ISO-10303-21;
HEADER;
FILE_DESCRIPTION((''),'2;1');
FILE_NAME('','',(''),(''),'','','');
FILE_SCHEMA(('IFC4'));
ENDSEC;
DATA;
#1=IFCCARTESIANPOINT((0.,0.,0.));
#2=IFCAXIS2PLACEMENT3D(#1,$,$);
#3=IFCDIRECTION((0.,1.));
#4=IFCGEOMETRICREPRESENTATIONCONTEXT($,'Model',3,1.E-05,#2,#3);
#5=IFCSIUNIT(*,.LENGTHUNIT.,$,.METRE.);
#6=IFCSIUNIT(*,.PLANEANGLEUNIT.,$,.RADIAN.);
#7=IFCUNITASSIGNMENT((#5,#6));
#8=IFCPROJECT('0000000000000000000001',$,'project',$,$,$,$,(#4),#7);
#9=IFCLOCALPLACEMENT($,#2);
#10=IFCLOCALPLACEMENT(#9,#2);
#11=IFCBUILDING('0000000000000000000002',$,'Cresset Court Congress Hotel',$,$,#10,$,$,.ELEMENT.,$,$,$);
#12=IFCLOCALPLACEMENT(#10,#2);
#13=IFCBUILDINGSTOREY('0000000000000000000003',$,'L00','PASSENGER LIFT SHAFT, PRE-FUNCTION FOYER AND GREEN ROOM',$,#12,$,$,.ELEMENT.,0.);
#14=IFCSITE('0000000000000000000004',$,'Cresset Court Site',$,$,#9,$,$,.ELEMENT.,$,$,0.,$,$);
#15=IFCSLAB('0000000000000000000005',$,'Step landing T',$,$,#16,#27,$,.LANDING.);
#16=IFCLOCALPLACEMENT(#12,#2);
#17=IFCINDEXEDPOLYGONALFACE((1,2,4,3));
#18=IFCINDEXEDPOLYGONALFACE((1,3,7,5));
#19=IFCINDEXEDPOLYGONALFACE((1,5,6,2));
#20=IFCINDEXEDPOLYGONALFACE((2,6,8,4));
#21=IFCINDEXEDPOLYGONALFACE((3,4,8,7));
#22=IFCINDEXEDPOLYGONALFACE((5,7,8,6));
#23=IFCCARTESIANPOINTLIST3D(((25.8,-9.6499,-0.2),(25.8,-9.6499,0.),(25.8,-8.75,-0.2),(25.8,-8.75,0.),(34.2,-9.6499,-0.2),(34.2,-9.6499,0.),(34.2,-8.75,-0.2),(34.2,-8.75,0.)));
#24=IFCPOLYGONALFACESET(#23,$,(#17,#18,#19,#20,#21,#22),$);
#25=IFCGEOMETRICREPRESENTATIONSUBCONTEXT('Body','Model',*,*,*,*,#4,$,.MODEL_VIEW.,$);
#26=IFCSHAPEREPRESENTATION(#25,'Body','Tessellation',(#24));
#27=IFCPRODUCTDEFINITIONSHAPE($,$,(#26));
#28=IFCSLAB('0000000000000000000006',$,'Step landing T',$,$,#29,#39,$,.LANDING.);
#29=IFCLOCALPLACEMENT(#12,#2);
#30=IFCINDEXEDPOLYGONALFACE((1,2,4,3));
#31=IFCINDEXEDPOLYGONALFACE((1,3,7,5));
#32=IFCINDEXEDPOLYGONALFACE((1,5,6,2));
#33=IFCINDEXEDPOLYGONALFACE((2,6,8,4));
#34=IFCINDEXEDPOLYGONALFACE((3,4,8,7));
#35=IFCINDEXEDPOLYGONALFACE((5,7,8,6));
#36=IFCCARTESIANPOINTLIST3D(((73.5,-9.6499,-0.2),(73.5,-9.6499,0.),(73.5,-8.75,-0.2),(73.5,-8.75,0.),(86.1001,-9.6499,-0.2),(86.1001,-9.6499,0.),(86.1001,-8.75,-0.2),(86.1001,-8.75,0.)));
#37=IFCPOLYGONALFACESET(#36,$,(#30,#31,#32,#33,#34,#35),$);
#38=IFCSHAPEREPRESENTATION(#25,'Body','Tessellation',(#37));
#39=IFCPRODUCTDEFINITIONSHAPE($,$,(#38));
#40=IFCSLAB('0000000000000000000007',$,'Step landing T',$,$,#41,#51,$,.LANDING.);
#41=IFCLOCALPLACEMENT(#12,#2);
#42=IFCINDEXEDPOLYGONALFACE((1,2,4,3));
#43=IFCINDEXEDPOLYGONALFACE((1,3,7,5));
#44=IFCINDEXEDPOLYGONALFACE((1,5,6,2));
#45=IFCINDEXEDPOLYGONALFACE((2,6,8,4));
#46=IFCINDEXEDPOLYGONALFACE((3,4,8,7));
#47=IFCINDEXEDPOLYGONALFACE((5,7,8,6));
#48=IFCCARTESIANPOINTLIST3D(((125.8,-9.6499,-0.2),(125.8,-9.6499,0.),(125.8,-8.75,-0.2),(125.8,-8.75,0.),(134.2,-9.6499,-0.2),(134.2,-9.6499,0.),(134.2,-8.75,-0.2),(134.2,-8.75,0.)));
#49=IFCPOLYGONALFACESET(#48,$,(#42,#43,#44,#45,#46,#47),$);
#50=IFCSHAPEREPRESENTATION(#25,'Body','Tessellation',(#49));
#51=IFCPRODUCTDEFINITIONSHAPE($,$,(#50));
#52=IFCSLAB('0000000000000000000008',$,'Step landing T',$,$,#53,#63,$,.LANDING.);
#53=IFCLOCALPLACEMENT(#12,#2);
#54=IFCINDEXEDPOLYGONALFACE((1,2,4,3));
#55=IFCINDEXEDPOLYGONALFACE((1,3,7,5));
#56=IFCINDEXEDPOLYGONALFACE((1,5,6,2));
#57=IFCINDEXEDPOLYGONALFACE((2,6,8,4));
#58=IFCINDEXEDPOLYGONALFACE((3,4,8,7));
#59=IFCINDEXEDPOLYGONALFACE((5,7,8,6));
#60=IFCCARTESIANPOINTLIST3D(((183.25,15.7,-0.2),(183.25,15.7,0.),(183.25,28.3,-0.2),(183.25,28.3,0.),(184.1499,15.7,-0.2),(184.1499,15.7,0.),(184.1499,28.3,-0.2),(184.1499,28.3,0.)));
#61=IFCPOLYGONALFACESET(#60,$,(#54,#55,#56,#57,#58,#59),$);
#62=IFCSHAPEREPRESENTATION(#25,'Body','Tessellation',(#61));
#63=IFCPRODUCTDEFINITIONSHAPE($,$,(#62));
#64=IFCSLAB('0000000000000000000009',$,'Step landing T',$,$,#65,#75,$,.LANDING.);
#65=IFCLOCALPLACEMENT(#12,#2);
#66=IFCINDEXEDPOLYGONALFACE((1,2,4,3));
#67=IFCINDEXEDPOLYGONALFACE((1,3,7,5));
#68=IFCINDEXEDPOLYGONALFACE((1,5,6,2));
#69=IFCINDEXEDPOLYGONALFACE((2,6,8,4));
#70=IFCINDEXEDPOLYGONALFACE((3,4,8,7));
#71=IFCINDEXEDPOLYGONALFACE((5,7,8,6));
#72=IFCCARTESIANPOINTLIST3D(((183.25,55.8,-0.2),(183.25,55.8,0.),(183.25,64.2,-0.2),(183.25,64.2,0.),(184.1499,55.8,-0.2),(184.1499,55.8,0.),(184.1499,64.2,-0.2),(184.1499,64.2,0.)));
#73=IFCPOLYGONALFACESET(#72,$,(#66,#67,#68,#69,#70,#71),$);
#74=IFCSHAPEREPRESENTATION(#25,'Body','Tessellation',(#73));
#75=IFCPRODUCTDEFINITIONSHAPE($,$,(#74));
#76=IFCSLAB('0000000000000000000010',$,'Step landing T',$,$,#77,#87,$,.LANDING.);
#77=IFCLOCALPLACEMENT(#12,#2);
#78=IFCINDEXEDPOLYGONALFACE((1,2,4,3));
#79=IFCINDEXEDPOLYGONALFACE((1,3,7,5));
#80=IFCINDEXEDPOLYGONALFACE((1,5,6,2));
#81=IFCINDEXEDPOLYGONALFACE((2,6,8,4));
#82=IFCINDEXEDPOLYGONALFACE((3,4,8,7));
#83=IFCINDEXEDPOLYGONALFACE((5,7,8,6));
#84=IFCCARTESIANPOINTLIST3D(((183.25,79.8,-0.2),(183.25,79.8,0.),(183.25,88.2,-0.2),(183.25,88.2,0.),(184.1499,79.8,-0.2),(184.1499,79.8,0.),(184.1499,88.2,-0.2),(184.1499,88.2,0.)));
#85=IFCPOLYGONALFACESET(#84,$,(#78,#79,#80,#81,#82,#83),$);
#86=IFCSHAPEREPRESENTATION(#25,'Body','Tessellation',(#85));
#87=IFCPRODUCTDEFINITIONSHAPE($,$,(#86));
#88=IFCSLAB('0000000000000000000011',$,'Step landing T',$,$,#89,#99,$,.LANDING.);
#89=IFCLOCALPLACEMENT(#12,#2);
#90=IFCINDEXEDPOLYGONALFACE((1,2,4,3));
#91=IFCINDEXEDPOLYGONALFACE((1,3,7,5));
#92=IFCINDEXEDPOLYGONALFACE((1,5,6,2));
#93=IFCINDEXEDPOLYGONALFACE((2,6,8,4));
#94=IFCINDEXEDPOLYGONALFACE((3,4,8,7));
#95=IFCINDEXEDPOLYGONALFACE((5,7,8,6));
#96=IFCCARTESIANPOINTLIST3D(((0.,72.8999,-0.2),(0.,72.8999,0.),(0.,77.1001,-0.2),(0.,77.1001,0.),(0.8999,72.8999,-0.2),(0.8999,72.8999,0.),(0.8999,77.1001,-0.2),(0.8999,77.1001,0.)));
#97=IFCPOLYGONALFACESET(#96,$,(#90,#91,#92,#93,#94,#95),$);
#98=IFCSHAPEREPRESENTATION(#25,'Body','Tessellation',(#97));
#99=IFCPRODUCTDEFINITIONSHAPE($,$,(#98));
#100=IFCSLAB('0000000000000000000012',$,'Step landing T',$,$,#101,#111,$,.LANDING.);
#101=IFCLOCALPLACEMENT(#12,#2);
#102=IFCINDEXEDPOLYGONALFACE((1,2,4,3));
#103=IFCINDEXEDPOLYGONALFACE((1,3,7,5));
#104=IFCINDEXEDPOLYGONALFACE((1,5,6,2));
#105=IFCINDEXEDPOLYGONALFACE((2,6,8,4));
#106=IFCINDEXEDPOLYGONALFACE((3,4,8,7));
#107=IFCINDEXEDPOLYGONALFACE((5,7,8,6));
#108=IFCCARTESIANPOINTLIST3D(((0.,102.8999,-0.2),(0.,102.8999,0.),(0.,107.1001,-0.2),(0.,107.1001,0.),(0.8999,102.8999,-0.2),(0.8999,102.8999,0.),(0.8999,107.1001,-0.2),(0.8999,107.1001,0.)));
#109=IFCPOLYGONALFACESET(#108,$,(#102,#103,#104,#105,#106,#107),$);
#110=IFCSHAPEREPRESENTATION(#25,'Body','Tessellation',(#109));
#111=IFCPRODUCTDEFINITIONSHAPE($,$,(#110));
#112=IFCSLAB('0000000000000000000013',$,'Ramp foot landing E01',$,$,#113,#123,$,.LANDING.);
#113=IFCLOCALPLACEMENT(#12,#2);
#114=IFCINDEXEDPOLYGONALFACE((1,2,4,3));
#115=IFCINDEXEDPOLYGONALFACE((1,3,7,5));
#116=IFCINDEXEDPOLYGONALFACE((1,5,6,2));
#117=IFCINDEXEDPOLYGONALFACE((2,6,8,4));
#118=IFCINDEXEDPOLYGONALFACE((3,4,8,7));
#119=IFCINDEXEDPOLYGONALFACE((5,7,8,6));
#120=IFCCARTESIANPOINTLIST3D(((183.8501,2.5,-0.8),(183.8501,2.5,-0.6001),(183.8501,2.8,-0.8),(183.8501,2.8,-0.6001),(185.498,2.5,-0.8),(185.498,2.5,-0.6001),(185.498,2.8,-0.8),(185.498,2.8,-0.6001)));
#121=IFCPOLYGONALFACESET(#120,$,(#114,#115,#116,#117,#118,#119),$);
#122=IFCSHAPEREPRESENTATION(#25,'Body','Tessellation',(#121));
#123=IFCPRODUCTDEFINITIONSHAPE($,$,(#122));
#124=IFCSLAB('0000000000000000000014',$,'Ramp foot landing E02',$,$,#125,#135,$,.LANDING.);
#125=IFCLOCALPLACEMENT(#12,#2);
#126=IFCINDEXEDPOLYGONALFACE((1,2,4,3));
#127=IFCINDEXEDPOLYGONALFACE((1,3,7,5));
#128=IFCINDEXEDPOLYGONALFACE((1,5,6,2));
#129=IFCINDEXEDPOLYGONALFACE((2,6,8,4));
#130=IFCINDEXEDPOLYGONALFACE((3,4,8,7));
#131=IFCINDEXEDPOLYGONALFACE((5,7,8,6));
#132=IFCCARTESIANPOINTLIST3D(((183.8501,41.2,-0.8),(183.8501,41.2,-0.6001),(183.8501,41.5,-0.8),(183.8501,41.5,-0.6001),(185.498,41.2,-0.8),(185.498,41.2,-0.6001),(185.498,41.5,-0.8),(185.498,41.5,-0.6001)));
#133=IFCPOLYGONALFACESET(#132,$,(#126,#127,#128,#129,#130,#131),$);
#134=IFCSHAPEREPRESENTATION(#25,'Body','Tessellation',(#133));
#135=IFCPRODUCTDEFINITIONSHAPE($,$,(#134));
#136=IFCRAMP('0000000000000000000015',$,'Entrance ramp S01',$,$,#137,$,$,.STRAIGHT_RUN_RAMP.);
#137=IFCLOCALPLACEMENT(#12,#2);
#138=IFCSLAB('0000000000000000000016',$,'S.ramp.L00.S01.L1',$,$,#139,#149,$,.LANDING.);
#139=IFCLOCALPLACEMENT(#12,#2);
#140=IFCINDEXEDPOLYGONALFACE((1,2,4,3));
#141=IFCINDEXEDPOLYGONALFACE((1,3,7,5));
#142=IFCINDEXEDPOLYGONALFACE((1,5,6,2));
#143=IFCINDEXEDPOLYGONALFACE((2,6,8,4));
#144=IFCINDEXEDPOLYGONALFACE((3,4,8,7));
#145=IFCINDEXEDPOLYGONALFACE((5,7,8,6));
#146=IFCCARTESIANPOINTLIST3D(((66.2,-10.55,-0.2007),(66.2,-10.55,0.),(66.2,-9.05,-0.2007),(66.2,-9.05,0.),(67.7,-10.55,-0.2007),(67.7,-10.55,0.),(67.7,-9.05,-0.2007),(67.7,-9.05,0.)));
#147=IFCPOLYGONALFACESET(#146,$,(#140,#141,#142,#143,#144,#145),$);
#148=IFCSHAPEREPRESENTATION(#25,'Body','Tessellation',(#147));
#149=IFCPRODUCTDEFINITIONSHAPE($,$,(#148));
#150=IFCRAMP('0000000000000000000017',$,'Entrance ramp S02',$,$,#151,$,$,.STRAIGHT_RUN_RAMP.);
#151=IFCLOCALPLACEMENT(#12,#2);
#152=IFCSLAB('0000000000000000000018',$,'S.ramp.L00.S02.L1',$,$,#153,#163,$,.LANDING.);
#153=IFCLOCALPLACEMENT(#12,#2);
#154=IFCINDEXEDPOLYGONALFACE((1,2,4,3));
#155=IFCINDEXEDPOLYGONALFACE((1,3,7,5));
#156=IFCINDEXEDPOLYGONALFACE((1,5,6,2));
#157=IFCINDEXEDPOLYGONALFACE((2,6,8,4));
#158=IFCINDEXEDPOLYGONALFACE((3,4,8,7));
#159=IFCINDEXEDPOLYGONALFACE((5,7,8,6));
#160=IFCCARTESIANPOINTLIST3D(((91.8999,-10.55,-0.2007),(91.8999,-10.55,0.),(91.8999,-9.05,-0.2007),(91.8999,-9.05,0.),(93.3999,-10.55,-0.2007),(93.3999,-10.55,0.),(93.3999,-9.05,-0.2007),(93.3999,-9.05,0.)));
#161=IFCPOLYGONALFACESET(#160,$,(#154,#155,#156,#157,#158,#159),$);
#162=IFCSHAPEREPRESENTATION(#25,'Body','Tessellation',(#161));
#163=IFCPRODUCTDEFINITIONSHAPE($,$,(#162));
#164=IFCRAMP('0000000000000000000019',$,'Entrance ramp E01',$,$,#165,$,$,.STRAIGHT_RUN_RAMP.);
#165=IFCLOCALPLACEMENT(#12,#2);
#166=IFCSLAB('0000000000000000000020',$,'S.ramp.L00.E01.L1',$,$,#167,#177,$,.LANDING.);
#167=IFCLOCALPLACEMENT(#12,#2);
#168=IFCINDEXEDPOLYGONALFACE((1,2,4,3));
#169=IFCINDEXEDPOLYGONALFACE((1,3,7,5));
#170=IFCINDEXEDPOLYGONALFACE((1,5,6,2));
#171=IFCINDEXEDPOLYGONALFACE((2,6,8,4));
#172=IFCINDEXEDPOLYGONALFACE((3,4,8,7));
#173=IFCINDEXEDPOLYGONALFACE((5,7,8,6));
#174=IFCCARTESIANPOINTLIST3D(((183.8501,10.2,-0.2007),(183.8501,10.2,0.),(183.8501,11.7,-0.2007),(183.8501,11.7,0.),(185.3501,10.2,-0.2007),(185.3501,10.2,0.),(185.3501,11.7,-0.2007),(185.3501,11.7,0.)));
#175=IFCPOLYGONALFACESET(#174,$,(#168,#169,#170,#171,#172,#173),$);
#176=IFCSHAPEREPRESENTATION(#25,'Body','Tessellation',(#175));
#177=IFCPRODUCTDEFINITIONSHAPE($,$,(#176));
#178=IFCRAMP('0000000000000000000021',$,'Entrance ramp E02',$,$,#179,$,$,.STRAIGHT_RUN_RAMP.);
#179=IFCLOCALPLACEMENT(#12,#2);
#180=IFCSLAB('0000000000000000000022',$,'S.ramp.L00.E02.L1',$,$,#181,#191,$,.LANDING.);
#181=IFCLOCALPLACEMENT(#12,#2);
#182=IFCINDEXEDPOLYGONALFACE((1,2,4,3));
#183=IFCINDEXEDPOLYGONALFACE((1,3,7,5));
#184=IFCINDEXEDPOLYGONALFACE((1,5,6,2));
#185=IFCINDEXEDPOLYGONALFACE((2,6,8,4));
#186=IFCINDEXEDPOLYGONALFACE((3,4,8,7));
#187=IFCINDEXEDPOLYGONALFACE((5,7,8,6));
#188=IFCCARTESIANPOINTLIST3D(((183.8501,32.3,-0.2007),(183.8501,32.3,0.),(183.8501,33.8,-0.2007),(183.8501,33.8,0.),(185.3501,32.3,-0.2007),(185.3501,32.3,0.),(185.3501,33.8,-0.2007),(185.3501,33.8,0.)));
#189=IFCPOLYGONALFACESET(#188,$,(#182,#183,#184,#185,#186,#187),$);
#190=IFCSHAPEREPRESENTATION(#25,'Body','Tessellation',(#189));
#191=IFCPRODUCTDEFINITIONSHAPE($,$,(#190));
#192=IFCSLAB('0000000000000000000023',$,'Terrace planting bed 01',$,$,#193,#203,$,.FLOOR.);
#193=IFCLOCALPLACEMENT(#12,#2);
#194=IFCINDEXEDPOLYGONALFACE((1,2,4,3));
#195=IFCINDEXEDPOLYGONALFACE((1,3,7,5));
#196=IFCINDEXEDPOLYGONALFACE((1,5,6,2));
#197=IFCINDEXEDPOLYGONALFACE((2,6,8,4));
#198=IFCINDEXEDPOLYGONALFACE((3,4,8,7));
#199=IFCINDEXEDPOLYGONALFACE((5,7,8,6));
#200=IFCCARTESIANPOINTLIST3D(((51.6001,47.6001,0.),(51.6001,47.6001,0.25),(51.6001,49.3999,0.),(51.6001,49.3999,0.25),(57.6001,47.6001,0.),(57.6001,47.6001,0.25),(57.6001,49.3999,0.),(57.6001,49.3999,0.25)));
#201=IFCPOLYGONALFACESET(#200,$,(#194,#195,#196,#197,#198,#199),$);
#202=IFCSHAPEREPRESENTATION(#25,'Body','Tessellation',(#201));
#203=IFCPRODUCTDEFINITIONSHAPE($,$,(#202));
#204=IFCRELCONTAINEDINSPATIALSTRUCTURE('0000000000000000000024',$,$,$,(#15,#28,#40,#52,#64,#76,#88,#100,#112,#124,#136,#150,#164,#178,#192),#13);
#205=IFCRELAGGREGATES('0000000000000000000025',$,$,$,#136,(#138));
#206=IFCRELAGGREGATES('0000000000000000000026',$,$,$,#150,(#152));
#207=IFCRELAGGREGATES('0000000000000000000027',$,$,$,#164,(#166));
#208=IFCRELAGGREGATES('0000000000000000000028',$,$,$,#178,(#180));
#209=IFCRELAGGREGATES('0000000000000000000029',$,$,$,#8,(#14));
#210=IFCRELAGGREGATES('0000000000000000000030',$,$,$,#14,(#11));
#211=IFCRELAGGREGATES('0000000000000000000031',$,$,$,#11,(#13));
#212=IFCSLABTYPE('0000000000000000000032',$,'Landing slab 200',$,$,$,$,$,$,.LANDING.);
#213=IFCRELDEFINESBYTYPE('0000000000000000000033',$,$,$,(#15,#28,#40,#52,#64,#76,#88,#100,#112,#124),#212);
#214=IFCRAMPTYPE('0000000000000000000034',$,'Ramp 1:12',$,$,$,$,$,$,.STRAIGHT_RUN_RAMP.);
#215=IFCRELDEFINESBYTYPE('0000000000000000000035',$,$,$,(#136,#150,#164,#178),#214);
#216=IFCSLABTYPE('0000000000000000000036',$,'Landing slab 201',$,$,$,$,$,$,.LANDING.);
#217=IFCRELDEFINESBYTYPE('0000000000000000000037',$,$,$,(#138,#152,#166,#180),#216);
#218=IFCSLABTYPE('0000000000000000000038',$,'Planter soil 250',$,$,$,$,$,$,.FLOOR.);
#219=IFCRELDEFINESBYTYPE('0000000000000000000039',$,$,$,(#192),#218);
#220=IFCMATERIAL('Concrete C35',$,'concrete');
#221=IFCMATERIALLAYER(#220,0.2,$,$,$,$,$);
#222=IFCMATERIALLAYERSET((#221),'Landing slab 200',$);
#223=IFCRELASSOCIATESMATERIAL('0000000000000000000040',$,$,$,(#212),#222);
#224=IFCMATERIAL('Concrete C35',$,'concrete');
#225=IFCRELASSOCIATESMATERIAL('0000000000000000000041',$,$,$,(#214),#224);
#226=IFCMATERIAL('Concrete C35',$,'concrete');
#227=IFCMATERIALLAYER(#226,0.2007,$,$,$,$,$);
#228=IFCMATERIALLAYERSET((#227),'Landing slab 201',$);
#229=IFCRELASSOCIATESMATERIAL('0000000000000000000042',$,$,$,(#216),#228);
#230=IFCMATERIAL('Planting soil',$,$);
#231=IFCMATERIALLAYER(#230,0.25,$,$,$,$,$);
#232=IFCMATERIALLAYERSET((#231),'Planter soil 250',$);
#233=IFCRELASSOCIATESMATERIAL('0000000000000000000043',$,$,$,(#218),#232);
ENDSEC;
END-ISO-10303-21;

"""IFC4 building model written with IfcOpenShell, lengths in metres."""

from ifc_helpers import new_model, si_unit, direction, frame, origin, place, context, subcontext, project, spatial, polyline, outline, extrude, material, layer, layer_set, type_object, element, aggregate, save


model = new_model("IFC4")

# Units and contexts
model_context = context("Model", 3, precision=1e-05, world=origin(), true_north=direction((0.0, 1.0)))
body_context = subcontext(model_context, "Body", "Model", "MODEL_VIEW")
ifc_project = project(units=[si_unit("LENGTHUNIT", "METRE"), si_unit("PLANEANGLEUNIT", "RADIAN")], contexts=[model_context])

# Site, building, storey
site_placement = place(None, origin())
site = spatial("IfcSite", under=ifc_project, at=site_placement, Name="Cresset Court Site", CompositionType="ELEMENT", RefElevation=0.0)
building_placement = place(site_placement, origin())
building = spatial("IfcBuilding", under=site, at=building_placement, Name="Cresset Court Congress Hotel", CompositionType="ELEMENT")
storey_placement = place(building_placement, origin())
storey = spatial("IfcBuildingStorey", under=building, at=storey_placement, Name="L00", Description="PASSENGER LIFT SHAFT, PRE-FUNCTION FOYER AND GREEN ROOM", CompositionType="ELEMENT", Elevation=0.0)

# Slabs
ifc_material_1 = material(Name="Concrete C35", Category="concrete")
ifc_layer_1 = layer(ifc_material_1, 0.2)
ifc_layer_set_1 = layer_set([ifc_layer_1], Name="Landing slab 200")
slab_type_1 = type_object("IfcSlabType", Name="Landing slab 200", PredefinedType="LANDING", material=ifc_layer_set_1)
slab_1_placement = place(storey_placement, frame((0.0, 0.0, -0.2)))
element("IfcSlab", 1, at=slab_1_placement, inside=storey, type_object=slab_type_1, Name="Step landing T", PredefinedType="LANDING", context=body_context, shape_type="SweptSolid", body=[
    extrude(outline(polyline([(25.8, -9.6499), (34.2, -9.6499), (34.2, -8.75), (25.8, -8.75), (25.8, -9.6499)])), origin(), (0.0, 0.0, 1.0), 0.2),
])
slab_2_placement = place(storey_placement, frame((0.0, 0.0, -0.2)))
element("IfcSlab", 2, at=slab_2_placement, inside=storey, type_object=slab_type_1, Name="Step landing T", PredefinedType="LANDING", context=body_context, shape_type="SweptSolid", body=[
    extrude(outline(polyline([(73.5, -9.6499), (86.1001, -9.6499), (86.1001, -8.75), (73.5, -8.75), (73.5, -9.6499)])), origin(), (0.0, 0.0, 1.0), 0.2),
])
slab_3_placement = place(storey_placement, frame((0.0, 0.0, -0.2)))
element("IfcSlab", 3, at=slab_3_placement, inside=storey, type_object=slab_type_1, Name="Step landing T", PredefinedType="LANDING", context=body_context, shape_type="SweptSolid", body=[
    extrude(outline(polyline([(125.8, -9.6499), (134.2, -9.6499), (134.2, -8.75), (125.8, -8.75), (125.8, -9.6499)])), origin(), (0.0, 0.0, 1.0), 0.2),
])
slab_4_placement = place(storey_placement, frame((0.0, 0.0, -0.2)))
element("IfcSlab", 4, at=slab_4_placement, inside=storey, type_object=slab_type_1, Name="Step landing T", PredefinedType="LANDING", context=body_context, shape_type="SweptSolid", body=[
    extrude(outline(polyline([(183.25, 15.7), (184.1499, 15.7), (184.1499, 28.3), (183.25, 28.3), (183.25, 15.7)])), origin(), (0.0, 0.0, 1.0), 0.2),
])
slab_5_placement = place(storey_placement, frame((0.0, 0.0, -0.2)))
element("IfcSlab", 5, at=slab_5_placement, inside=storey, type_object=slab_type_1, Name="Step landing T", PredefinedType="LANDING", context=body_context, shape_type="SweptSolid", body=[
    extrude(outline(polyline([(183.25, 55.8), (184.1499, 55.8), (184.1499, 64.2), (183.25, 64.2), (183.25, 55.8)])), origin(), (0.0, 0.0, 1.0), 0.2),
])
slab_6_placement = place(storey_placement, frame((0.0, 0.0, -0.2)))
element("IfcSlab", 6, at=slab_6_placement, inside=storey, type_object=slab_type_1, Name="Step landing T", PredefinedType="LANDING", context=body_context, shape_type="SweptSolid", body=[
    extrude(outline(polyline([(183.25, 79.8), (184.1499, 79.8), (184.1499, 88.2), (183.25, 88.2), (183.25, 79.8)])), origin(), (0.0, 0.0, 1.0), 0.2),
])
slab_7_placement = place(storey_placement, frame((0.0, 0.0, -0.2)))
element("IfcSlab", 7, at=slab_7_placement, inside=storey, type_object=slab_type_1, Name="Step landing T", PredefinedType="LANDING", context=body_context, shape_type="SweptSolid", body=[
    extrude(outline(polyline([(0.0, 72.8999), (0.8999, 72.8999), (0.8999, 77.1001), (0.0, 77.1001), (0.0, 72.8999)])), origin(), (0.0, 0.0, 1.0), 0.2),
])
slab_8_placement = place(storey_placement, frame((0.0, 0.0, -0.2)))
element("IfcSlab", 8, at=slab_8_placement, inside=storey, type_object=slab_type_1, Name="Step landing T", PredefinedType="LANDING", context=body_context, shape_type="SweptSolid", body=[
    extrude(outline(polyline([(0.0, 102.8999), (0.8999, 102.8999), (0.8999, 107.1001), (0.0, 107.1001), (0.0, 102.8999)])), origin(), (0.0, 0.0, 1.0), 0.2),
])
slab_9_placement = place(storey_placement, frame((0.0, 0.0, -0.8)))
element("IfcSlab", 9, at=slab_9_placement, inside=storey, type_object=slab_type_1, Name="Ramp foot landing E01", PredefinedType="LANDING", context=body_context, shape_type="SweptSolid", body=[
    extrude(outline(polyline([(183.8501, 2.5), (185.498, 2.5), (185.498, 2.8), (183.8501, 2.8), (183.8501, 2.5)])), origin(), (0.0, 0.0, 1.0), 0.2),
])
slab_10_placement = place(storey_placement, frame((0.0, 0.0, -0.8)))
element("IfcSlab", 10, at=slab_10_placement, inside=storey, type_object=slab_type_1, Name="Ramp foot landing E02", PredefinedType="LANDING", context=body_context, shape_type="SweptSolid", body=[
    extrude(outline(polyline([(183.8501, 41.2), (185.498, 41.2), (185.498, 41.5), (183.8501, 41.5), (183.8501, 41.2)])), origin(), (0.0, 0.0, 1.0), 0.2),
])

# Ramps, slabs
ifc_material_2 = material(Name="Concrete C35", Category="concrete")
ramp_type = type_object("IfcRampType", Name="Ramp 1:12", PredefinedType="STRAIGHT_RUN_RAMP", material=ifc_material_2)
ramp_1_placement = place(storey_placement, origin())
ramp_1 = element("IfcRamp", 11, at=ramp_1_placement, inside=storey, type_object=ramp_type, Name="Entrance ramp S01", PredefinedType="STRAIGHT_RUN_RAMP")
ifc_material_3 = material(Name="Concrete C35", Category="concrete")
ifc_layer_2 = layer(ifc_material_3, 0.2007)
ifc_layer_set_2 = layer_set([ifc_layer_2], Name="Landing slab 201")
slab_type_2 = type_object("IfcSlabType", Name="Landing slab 201", PredefinedType="LANDING", material=ifc_layer_set_2)
slab_11_placement = place(storey_placement, frame((0.0, 0.0, -0.2007)))
slab_11 = element("IfcSlab", 12, at=slab_11_placement, type_object=slab_type_2, Name="S.ramp.L00.S01.L1", PredefinedType="LANDING", context=body_context, shape_type="SweptSolid", body=[
    extrude(outline(polyline([(66.2, -9.05), (66.2, -10.55), (67.7, -10.55), (67.7, -9.05), (66.2, -9.05)])), origin(), (0.0, 0.0, 1.0), 0.2007),
])
aggregate(ramp_1, [slab_11])
ramp_2_placement = place(storey_placement, origin())
ramp_2 = element("IfcRamp", 13, at=ramp_2_placement, inside=storey, type_object=ramp_type, Name="Entrance ramp S02", PredefinedType="STRAIGHT_RUN_RAMP")
slab_12_placement = place(storey_placement, frame((0.0, 0.0, -0.2007)))
slab_12 = element("IfcSlab", 14, at=slab_12_placement, type_object=slab_type_2, Name="S.ramp.L00.S02.L1", PredefinedType="LANDING", context=body_context, shape_type="SweptSolid", body=[
    extrude(outline(polyline([(93.3999, -10.55), (93.3999, -9.05), (91.8999, -9.05), (91.8999, -10.55), (93.3999, -10.55)])), origin(), (0.0, 0.0, 1.0), 0.2007),
])
aggregate(ramp_2, [slab_12])
ramp_3_placement = place(storey_placement, origin())
ramp_3 = element("IfcRamp", 15, at=ramp_3_placement, inside=storey, type_object=ramp_type, Name="Entrance ramp E01", PredefinedType="STRAIGHT_RUN_RAMP")
slab_13_placement = place(storey_placement, frame((0.0, 0.0, -0.2007)))
slab_13 = element("IfcSlab", 16, at=slab_13_placement, type_object=slab_type_2, Name="S.ramp.L00.E01.L1", PredefinedType="LANDING", context=body_context, shape_type="SweptSolid", body=[
    extrude(outline(polyline([(183.8501, 10.2), (185.3501, 10.2), (185.3501, 11.7), (183.8501, 11.7), (183.8501, 10.2)])), origin(), (0.0, 0.0, 1.0), 0.2007),
])
aggregate(ramp_3, [slab_13])
ramp_4_placement = place(storey_placement, origin())
ramp_4 = element("IfcRamp", 17, at=ramp_4_placement, inside=storey, type_object=ramp_type, Name="Entrance ramp E02", PredefinedType="STRAIGHT_RUN_RAMP")
slab_14_placement = place(storey_placement, frame((0.0, 0.0, -0.2007)))
slab_14 = element("IfcSlab", 18, at=slab_14_placement, type_object=slab_type_2, Name="S.ramp.L00.E02.L1", PredefinedType="LANDING", context=body_context, shape_type="SweptSolid", body=[
    extrude(outline(polyline([(185.3501, 33.8), (183.8501, 33.8), (183.8501, 32.3), (185.3501, 32.3), (185.3501, 33.8)])), origin(), (0.0, 0.0, 1.0), 0.2007),
])
aggregate(ramp_4, [slab_14])

# Slab
ifc_material_4 = material(Name="Planting soil")
ifc_layer_3 = layer(ifc_material_4, 0.25)
ifc_layer_set_3 = layer_set([ifc_layer_3], Name="Planter soil 250")
slab_type_3 = type_object("IfcSlabType", Name="Planter soil 250", PredefinedType="FLOOR", material=ifc_layer_set_3)
slab_15_placement = place(storey_placement, origin())
element("IfcSlab", 19, at=slab_15_placement, inside=storey, type_object=slab_type_3, Name="Terrace planting bed 01", PredefinedType="FLOOR", context=body_context, shape_type="SweptSolid", body=[
    extrude(outline(polyline([(51.6001, 47.6001), (57.6001, 47.6001), (57.6001, 49.3999), (51.6001, 49.3999), (51.6001, 47.6001)])), origin(), (0.0, 0.0, 1.0), 0.25),
])

save(model, "model.ifc")
